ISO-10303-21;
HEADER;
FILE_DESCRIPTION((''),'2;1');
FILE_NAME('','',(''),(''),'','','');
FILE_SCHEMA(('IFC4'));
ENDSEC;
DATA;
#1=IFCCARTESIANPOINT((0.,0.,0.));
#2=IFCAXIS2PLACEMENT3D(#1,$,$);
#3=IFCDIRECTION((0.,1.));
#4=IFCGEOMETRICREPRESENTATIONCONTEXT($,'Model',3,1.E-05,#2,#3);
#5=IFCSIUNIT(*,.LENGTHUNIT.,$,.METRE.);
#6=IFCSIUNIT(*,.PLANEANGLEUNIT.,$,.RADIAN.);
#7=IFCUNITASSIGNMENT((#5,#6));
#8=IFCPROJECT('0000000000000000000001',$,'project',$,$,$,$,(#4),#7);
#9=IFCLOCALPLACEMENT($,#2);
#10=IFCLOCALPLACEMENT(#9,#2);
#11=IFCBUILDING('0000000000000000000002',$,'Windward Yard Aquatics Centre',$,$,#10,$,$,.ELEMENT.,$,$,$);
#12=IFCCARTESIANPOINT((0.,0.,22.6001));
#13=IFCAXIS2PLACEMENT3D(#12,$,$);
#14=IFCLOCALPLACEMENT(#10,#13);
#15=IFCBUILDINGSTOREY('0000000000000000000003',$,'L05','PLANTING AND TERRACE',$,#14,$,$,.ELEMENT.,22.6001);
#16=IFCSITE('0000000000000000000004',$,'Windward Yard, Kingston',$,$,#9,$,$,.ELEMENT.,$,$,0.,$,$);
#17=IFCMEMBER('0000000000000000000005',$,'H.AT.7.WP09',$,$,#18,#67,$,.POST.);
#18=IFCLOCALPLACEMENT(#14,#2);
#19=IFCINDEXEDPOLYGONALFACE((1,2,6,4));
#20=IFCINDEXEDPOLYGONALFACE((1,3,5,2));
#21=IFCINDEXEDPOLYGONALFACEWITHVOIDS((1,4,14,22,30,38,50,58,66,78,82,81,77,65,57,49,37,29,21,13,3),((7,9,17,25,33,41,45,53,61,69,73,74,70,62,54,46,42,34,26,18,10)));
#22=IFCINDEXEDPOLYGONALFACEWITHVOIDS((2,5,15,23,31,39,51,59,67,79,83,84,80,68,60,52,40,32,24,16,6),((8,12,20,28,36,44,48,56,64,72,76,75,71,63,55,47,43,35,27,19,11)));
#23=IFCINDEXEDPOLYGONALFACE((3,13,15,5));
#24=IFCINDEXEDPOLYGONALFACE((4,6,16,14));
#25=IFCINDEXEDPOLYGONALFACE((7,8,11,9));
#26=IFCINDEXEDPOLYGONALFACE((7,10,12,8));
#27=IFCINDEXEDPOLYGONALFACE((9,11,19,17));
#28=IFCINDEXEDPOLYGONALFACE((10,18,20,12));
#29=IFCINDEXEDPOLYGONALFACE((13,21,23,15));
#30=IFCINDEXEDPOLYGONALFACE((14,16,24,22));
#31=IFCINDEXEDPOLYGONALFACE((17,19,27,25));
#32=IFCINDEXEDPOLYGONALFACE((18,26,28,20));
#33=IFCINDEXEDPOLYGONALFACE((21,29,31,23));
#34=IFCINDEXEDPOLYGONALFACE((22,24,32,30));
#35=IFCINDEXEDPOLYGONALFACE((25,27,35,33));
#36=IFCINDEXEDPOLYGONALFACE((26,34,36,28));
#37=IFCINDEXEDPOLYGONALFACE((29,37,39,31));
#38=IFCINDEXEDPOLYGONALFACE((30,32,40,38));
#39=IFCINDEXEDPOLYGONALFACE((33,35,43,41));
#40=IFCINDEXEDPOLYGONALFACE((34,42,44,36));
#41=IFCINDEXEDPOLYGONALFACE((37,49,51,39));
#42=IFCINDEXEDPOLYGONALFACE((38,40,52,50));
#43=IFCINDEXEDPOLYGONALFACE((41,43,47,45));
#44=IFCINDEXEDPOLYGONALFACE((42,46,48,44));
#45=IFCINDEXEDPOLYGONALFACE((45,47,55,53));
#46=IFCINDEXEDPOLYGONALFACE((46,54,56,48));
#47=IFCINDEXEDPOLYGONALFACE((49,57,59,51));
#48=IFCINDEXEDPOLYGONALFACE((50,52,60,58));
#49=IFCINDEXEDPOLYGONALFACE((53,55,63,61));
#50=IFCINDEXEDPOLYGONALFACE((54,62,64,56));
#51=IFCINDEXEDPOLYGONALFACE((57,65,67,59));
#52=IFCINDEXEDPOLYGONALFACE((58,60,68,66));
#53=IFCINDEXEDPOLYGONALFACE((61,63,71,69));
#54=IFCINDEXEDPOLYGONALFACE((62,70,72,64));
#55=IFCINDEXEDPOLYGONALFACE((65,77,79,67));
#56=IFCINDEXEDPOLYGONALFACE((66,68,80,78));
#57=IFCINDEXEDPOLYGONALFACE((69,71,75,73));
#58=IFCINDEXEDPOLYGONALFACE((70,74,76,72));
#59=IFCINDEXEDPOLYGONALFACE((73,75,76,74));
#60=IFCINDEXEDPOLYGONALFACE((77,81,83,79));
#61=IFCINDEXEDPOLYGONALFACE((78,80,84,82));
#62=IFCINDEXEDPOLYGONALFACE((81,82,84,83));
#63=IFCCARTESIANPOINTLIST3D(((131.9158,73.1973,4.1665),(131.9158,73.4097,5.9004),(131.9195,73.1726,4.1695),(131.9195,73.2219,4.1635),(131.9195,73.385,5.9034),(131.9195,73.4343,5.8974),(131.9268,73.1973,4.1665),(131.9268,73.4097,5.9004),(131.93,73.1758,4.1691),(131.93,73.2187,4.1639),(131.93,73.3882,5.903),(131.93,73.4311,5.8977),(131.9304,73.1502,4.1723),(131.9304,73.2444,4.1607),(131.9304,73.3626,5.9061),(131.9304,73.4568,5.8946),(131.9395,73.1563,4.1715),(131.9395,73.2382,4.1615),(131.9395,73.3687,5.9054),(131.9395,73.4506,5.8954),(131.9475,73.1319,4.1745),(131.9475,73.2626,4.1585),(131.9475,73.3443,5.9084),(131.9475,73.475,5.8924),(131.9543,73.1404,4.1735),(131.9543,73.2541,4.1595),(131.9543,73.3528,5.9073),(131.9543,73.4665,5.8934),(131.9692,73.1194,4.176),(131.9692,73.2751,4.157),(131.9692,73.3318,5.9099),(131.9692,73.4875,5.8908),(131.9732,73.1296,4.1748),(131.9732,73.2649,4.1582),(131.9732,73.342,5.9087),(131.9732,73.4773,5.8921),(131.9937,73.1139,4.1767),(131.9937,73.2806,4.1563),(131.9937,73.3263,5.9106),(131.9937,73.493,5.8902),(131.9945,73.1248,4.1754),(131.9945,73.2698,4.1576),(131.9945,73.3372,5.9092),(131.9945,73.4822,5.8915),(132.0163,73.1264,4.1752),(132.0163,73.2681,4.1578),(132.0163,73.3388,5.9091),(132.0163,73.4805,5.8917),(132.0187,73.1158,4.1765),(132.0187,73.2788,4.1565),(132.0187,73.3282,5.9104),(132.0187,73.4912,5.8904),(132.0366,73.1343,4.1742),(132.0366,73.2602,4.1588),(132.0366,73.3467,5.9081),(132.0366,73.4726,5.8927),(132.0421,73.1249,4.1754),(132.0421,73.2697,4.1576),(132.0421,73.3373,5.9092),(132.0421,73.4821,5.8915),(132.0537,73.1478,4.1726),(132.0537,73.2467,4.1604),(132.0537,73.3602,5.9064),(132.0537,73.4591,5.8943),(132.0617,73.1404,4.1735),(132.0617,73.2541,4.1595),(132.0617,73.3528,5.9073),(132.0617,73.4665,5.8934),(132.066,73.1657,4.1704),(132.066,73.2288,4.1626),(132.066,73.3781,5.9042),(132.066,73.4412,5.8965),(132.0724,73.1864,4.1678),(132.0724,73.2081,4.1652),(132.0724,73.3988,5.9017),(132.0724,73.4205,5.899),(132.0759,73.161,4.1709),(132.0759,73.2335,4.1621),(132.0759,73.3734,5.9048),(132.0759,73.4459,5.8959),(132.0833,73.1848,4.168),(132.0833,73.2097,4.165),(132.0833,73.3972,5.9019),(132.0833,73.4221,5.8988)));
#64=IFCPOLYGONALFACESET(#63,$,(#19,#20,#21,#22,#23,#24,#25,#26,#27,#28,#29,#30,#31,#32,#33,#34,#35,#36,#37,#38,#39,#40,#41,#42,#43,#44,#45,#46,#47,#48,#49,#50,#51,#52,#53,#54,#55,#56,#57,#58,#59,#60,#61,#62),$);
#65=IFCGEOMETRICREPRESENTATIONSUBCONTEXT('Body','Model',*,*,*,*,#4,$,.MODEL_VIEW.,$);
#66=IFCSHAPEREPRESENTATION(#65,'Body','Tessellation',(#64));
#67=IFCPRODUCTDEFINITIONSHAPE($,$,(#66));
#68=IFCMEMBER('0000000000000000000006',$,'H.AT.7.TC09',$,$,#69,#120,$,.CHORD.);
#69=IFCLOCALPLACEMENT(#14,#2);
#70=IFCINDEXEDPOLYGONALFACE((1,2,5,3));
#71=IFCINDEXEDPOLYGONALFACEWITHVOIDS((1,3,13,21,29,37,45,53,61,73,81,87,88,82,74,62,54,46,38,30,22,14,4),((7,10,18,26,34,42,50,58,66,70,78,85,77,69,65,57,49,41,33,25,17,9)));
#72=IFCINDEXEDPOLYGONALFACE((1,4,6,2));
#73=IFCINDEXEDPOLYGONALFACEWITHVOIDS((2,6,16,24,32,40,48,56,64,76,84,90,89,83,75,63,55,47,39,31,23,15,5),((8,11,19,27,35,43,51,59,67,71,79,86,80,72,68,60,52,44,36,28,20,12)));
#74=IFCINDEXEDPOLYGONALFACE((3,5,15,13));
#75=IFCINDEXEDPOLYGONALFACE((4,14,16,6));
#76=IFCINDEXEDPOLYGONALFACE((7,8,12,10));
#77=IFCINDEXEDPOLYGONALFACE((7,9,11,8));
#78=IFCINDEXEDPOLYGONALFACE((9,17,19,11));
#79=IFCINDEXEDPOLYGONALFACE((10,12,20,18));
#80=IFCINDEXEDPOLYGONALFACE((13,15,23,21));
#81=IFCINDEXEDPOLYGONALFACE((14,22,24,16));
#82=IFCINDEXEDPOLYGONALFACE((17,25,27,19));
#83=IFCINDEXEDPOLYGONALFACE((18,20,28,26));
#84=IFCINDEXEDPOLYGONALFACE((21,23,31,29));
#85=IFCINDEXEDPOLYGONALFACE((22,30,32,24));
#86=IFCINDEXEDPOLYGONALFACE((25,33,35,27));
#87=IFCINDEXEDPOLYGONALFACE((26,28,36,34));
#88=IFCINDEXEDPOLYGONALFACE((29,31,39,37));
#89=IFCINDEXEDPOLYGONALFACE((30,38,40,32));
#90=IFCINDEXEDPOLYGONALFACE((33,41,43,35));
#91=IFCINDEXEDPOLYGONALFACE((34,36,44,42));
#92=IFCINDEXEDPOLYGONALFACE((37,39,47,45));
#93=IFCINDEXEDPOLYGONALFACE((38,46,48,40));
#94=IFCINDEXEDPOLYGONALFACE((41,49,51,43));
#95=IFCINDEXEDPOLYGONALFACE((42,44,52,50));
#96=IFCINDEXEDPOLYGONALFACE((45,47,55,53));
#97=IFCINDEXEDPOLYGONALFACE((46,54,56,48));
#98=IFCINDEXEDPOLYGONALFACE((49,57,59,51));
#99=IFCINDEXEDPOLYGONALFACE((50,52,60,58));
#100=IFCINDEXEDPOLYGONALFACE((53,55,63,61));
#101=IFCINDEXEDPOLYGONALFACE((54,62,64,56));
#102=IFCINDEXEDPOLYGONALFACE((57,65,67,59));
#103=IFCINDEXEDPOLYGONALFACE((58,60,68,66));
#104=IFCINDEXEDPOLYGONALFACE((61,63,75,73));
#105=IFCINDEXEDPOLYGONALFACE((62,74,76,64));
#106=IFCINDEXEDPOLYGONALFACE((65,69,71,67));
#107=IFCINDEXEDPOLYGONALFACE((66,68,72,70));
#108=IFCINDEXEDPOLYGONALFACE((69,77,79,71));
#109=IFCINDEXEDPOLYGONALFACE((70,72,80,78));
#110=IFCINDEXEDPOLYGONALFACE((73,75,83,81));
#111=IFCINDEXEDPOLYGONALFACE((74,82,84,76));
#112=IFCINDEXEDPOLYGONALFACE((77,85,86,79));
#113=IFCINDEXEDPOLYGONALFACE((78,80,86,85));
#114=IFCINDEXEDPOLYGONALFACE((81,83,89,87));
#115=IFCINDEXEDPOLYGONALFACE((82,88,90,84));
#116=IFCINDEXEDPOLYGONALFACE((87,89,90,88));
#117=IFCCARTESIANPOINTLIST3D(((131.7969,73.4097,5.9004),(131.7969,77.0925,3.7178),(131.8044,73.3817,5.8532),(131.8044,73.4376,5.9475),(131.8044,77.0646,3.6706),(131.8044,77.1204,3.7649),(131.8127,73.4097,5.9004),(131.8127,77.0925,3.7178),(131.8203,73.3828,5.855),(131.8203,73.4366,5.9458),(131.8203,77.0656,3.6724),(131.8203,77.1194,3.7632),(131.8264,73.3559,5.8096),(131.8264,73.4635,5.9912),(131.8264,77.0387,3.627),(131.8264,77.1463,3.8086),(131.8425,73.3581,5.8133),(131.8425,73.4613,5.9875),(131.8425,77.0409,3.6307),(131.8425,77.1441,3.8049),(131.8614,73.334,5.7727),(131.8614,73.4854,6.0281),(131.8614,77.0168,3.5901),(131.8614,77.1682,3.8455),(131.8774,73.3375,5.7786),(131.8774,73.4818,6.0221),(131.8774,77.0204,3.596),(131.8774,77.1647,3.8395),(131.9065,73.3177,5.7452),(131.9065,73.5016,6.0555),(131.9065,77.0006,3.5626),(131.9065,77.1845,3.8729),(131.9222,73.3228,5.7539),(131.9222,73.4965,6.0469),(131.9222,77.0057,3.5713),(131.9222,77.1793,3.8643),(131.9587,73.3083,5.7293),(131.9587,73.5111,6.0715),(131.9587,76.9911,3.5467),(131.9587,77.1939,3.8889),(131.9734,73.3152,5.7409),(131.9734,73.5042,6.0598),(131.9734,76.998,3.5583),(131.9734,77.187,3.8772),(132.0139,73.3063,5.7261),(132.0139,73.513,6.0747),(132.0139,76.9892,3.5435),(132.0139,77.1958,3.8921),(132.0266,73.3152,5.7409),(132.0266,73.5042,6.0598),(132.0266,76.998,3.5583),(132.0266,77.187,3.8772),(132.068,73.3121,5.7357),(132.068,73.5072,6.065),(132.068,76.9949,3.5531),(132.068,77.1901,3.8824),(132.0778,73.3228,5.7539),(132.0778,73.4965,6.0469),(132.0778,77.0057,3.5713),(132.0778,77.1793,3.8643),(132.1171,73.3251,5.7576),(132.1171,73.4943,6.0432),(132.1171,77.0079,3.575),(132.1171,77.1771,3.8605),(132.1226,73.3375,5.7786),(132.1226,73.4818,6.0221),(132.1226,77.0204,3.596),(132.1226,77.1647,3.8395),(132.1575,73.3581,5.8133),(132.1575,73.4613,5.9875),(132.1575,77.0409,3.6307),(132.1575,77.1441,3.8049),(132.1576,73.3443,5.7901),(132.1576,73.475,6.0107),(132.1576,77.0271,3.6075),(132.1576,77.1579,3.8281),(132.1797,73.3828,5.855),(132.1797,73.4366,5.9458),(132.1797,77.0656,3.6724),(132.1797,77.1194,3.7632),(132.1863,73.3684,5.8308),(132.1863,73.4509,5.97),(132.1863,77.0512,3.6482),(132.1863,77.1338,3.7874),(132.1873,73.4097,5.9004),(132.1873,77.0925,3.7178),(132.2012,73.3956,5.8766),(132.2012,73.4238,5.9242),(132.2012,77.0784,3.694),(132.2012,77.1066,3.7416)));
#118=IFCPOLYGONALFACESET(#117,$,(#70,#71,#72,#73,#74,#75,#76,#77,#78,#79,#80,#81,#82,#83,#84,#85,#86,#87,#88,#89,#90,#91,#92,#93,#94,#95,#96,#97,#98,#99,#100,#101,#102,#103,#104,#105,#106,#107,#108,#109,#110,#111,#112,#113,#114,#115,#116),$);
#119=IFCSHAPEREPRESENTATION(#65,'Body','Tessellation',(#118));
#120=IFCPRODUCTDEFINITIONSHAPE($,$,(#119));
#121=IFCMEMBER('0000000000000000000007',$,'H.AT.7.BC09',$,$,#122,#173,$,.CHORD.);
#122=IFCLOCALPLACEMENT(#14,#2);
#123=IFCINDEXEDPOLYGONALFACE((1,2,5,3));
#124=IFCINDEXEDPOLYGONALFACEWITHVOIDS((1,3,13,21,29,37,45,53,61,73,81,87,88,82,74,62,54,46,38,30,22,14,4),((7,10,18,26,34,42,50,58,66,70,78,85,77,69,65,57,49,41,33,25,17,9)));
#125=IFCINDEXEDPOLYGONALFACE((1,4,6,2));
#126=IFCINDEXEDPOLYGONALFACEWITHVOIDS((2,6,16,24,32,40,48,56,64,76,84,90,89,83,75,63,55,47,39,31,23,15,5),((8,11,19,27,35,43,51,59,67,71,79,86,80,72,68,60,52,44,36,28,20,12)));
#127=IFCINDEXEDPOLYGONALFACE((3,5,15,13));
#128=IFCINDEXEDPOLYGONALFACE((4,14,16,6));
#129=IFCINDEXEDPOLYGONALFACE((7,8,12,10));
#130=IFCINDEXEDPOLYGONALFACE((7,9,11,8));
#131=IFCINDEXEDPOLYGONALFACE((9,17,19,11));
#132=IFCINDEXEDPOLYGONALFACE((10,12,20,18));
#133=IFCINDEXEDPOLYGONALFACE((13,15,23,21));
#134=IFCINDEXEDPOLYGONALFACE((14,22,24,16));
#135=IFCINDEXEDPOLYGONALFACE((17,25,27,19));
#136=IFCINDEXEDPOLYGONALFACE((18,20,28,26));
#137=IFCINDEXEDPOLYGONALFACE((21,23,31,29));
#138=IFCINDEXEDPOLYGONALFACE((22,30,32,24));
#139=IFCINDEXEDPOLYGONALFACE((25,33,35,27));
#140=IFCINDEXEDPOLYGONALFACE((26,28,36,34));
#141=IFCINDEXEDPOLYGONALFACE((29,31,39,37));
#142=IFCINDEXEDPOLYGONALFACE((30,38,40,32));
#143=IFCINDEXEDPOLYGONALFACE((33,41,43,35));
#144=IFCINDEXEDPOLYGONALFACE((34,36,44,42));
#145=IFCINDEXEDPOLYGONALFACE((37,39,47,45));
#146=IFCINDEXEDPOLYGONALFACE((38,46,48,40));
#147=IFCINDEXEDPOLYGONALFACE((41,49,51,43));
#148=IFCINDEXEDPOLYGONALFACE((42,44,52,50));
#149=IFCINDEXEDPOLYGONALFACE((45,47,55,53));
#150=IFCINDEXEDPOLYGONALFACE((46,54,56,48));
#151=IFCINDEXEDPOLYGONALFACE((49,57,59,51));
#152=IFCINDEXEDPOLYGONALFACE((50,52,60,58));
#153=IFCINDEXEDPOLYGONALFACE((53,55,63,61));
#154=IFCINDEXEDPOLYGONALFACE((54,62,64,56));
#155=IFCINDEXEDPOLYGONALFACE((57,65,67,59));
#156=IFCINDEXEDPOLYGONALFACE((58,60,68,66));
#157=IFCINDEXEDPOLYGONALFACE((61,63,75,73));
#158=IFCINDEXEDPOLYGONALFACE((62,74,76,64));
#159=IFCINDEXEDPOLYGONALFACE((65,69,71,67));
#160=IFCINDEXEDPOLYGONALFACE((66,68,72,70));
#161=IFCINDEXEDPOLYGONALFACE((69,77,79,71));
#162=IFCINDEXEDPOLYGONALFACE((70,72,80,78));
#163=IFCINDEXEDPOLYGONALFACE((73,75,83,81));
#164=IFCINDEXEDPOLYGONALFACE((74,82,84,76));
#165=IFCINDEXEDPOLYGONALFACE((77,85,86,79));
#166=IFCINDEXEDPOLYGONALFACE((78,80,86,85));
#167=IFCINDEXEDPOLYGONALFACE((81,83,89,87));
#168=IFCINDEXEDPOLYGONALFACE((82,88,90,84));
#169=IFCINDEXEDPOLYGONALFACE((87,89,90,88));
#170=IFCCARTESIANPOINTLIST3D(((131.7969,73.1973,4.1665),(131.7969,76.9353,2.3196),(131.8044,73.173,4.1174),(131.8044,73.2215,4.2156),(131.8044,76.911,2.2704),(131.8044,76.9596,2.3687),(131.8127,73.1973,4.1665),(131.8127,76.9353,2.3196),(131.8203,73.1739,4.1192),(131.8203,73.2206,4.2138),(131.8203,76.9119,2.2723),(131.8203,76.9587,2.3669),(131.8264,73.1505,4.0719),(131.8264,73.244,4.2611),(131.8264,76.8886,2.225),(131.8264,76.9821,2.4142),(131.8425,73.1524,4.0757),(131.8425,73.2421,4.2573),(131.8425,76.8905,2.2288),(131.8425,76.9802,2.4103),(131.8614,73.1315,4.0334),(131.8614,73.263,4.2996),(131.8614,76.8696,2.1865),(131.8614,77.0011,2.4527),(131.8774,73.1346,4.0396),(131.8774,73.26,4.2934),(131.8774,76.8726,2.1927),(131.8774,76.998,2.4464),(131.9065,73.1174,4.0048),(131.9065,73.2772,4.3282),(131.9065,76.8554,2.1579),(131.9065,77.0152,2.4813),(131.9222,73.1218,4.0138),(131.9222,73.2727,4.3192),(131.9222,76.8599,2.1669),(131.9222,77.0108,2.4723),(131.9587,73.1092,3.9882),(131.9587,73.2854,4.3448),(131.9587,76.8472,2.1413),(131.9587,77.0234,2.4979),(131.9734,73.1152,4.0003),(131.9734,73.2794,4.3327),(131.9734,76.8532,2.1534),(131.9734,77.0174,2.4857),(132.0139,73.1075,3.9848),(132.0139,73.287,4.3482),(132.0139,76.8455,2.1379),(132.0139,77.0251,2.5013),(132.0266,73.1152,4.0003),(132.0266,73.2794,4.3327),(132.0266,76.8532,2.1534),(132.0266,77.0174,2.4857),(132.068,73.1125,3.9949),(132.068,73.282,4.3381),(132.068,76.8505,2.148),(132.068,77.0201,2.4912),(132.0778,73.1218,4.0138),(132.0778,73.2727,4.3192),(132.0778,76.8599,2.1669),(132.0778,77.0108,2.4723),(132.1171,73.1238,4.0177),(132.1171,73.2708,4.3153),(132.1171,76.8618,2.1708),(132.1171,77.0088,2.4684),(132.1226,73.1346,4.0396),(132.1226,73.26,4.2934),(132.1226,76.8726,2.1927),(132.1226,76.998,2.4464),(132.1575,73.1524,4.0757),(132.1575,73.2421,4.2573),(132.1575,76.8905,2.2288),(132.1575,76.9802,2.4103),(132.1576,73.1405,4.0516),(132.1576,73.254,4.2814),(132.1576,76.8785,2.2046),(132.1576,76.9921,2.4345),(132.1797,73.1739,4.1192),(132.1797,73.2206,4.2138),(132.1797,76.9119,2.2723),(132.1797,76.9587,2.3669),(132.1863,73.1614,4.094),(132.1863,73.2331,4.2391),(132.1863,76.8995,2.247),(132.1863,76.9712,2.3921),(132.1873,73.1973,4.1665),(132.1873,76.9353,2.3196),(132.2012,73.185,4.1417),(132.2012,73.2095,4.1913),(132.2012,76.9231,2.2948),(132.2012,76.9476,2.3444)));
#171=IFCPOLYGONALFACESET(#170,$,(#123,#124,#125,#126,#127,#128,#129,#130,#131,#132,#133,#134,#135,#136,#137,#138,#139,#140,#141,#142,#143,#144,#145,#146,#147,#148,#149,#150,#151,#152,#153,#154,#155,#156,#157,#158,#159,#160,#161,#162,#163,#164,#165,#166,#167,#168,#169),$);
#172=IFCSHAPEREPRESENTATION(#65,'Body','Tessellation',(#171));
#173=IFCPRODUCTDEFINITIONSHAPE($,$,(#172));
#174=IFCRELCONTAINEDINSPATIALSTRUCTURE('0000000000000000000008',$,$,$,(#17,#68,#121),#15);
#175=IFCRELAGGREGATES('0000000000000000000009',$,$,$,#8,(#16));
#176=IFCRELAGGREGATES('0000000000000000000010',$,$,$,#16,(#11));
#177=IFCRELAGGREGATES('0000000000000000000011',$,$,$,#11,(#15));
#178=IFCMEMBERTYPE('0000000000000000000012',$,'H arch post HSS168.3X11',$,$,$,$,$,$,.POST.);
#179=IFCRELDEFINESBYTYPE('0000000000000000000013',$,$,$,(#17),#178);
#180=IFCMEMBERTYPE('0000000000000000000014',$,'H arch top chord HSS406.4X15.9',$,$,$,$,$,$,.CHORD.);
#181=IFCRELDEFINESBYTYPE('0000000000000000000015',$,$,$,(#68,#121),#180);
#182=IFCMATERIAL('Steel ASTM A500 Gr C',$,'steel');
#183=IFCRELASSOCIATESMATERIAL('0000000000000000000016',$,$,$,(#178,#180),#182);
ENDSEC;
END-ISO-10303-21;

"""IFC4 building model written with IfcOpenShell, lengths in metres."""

from ifc_helpers import new_model, si_unit, direction, frame, origin, origin_2d, place, context, subcontext, project, spatial, hollow_circle, extrude, material, material_profile, profile_set, type_object, element, save


model = new_model("IFC4")

# Units and contexts
model_context = context("Model", 3, precision=1e-05, world=origin(), true_north=direction((0.0, 1.0)))
body_context = subcontext(model_context, "Body", "Model", "MODEL_VIEW")
ifc_project = project(units=[si_unit("LENGTHUNIT", "METRE"), si_unit("PLANEANGLEUNIT", "RADIAN")], contexts=[model_context])

# Site, building, storey
site_placement = place(None, origin())
site = spatial("IfcSite", under=ifc_project, at=site_placement, Name="Windward Yard, Kingston", CompositionType="ELEMENT", RefElevation=0.0)
building_placement = place(site_placement, origin())
building = spatial("IfcBuilding", under=site, at=building_placement, Name="Windward Yard Aquatics Centre", CompositionType="ELEMENT")
storey_placement = place(building_placement, frame((0.0, 0.0, 22.6001)))
storey = spatial("IfcBuildingStorey", under=building, at=storey_placement, Name="L05", Description="PLANTING AND TERRACE", CompositionType="ELEMENT", Elevation=22.6001)

# Members
ifc_material_1 = material(Name="Steel ASTM A500 Gr C", Category="steel")
ifc_material_profile_1 = material_profile(ifc_material_1, hollow_circle(Radius=0.0842, WallThickness=0.011, at=origin_2d()), Name="HSS168.3X11")
ifc_profile_set_1 = profile_set([ifc_material_profile_1], Name="Steel ASTM A500 Gr C")
member_type_1 = type_object("IfcMemberType", Name="H arch post HSS168.3X11", PredefinedType="POST", material=ifc_profile_set_1)
member_1_placement = place(storey_placement, frame((132.0, 73.1973, 4.1665), z_axis=(0.0, 0.121592, 0.99258), x_axis=(-1.0, 0.0, 0.0)))
element("IfcMember", 1, at=member_1_placement, inside=storey, type_object=member_type_1, Name="H.AT.7.WP09", PredefinedType="POST", context=body_context, shape_type="SweptSolid", body=[
    extrude(hollow_circle(Radius=0.0842, WallThickness=0.011, at=origin_2d()), origin(), (0.0, 0.0, 1.0), 1.7468),
])
ifc_material_profile_2 = material_profile(ifc_material_1, hollow_circle(Radius=0.2031, WallThickness=0.0159, at=origin_2d()), Name="HSS406.4X15.9")
ifc_profile_set_2 = profile_set([ifc_material_profile_2], Name="Steel ASTM A500 Gr C")
member_type_2 = type_object("IfcMemberType", Name="H arch top chord HSS406.4X15.9", PredefinedType="CHORD", material=ifc_profile_set_2)
member_2_placement = place(storey_placement, frame((132.0, 73.4097, 5.9004), z_axis=(0.0, 0.860273, -0.509834), x_axis=(-1.0, 0.0, 0.0)))
element("IfcMember", 2, at=member_2_placement, inside=storey, type_object=member_type_2, Name="H.AT.7.TC09", PredefinedType="CHORD", context=body_context, shape_type="SweptSolid", body=[
    extrude(hollow_circle(Radius=0.2031, WallThickness=0.0159, at=origin_2d()), origin(), (0.0, 0.0, 1.0), 4.281),
])
member_3_placement = place(storey_placement, frame((132.0, 73.1973, 4.1665), z_axis=(0.0, 0.896537, -0.442969), x_axis=(-1.0, 0.0, 0.0)))
element("IfcMember", 3, at=member_3_placement, inside=storey, type_object=member_type_2, Name="H.AT.7.BC09", PredefinedType="CHORD", context=body_context, shape_type="SweptSolid", body=[
    extrude(hollow_circle(Radius=0.2031, WallThickness=0.0159, at=origin_2d()), origin(), (0.0, 0.0, 1.0), 4.1694),
])

save(model, "model.ifc")
